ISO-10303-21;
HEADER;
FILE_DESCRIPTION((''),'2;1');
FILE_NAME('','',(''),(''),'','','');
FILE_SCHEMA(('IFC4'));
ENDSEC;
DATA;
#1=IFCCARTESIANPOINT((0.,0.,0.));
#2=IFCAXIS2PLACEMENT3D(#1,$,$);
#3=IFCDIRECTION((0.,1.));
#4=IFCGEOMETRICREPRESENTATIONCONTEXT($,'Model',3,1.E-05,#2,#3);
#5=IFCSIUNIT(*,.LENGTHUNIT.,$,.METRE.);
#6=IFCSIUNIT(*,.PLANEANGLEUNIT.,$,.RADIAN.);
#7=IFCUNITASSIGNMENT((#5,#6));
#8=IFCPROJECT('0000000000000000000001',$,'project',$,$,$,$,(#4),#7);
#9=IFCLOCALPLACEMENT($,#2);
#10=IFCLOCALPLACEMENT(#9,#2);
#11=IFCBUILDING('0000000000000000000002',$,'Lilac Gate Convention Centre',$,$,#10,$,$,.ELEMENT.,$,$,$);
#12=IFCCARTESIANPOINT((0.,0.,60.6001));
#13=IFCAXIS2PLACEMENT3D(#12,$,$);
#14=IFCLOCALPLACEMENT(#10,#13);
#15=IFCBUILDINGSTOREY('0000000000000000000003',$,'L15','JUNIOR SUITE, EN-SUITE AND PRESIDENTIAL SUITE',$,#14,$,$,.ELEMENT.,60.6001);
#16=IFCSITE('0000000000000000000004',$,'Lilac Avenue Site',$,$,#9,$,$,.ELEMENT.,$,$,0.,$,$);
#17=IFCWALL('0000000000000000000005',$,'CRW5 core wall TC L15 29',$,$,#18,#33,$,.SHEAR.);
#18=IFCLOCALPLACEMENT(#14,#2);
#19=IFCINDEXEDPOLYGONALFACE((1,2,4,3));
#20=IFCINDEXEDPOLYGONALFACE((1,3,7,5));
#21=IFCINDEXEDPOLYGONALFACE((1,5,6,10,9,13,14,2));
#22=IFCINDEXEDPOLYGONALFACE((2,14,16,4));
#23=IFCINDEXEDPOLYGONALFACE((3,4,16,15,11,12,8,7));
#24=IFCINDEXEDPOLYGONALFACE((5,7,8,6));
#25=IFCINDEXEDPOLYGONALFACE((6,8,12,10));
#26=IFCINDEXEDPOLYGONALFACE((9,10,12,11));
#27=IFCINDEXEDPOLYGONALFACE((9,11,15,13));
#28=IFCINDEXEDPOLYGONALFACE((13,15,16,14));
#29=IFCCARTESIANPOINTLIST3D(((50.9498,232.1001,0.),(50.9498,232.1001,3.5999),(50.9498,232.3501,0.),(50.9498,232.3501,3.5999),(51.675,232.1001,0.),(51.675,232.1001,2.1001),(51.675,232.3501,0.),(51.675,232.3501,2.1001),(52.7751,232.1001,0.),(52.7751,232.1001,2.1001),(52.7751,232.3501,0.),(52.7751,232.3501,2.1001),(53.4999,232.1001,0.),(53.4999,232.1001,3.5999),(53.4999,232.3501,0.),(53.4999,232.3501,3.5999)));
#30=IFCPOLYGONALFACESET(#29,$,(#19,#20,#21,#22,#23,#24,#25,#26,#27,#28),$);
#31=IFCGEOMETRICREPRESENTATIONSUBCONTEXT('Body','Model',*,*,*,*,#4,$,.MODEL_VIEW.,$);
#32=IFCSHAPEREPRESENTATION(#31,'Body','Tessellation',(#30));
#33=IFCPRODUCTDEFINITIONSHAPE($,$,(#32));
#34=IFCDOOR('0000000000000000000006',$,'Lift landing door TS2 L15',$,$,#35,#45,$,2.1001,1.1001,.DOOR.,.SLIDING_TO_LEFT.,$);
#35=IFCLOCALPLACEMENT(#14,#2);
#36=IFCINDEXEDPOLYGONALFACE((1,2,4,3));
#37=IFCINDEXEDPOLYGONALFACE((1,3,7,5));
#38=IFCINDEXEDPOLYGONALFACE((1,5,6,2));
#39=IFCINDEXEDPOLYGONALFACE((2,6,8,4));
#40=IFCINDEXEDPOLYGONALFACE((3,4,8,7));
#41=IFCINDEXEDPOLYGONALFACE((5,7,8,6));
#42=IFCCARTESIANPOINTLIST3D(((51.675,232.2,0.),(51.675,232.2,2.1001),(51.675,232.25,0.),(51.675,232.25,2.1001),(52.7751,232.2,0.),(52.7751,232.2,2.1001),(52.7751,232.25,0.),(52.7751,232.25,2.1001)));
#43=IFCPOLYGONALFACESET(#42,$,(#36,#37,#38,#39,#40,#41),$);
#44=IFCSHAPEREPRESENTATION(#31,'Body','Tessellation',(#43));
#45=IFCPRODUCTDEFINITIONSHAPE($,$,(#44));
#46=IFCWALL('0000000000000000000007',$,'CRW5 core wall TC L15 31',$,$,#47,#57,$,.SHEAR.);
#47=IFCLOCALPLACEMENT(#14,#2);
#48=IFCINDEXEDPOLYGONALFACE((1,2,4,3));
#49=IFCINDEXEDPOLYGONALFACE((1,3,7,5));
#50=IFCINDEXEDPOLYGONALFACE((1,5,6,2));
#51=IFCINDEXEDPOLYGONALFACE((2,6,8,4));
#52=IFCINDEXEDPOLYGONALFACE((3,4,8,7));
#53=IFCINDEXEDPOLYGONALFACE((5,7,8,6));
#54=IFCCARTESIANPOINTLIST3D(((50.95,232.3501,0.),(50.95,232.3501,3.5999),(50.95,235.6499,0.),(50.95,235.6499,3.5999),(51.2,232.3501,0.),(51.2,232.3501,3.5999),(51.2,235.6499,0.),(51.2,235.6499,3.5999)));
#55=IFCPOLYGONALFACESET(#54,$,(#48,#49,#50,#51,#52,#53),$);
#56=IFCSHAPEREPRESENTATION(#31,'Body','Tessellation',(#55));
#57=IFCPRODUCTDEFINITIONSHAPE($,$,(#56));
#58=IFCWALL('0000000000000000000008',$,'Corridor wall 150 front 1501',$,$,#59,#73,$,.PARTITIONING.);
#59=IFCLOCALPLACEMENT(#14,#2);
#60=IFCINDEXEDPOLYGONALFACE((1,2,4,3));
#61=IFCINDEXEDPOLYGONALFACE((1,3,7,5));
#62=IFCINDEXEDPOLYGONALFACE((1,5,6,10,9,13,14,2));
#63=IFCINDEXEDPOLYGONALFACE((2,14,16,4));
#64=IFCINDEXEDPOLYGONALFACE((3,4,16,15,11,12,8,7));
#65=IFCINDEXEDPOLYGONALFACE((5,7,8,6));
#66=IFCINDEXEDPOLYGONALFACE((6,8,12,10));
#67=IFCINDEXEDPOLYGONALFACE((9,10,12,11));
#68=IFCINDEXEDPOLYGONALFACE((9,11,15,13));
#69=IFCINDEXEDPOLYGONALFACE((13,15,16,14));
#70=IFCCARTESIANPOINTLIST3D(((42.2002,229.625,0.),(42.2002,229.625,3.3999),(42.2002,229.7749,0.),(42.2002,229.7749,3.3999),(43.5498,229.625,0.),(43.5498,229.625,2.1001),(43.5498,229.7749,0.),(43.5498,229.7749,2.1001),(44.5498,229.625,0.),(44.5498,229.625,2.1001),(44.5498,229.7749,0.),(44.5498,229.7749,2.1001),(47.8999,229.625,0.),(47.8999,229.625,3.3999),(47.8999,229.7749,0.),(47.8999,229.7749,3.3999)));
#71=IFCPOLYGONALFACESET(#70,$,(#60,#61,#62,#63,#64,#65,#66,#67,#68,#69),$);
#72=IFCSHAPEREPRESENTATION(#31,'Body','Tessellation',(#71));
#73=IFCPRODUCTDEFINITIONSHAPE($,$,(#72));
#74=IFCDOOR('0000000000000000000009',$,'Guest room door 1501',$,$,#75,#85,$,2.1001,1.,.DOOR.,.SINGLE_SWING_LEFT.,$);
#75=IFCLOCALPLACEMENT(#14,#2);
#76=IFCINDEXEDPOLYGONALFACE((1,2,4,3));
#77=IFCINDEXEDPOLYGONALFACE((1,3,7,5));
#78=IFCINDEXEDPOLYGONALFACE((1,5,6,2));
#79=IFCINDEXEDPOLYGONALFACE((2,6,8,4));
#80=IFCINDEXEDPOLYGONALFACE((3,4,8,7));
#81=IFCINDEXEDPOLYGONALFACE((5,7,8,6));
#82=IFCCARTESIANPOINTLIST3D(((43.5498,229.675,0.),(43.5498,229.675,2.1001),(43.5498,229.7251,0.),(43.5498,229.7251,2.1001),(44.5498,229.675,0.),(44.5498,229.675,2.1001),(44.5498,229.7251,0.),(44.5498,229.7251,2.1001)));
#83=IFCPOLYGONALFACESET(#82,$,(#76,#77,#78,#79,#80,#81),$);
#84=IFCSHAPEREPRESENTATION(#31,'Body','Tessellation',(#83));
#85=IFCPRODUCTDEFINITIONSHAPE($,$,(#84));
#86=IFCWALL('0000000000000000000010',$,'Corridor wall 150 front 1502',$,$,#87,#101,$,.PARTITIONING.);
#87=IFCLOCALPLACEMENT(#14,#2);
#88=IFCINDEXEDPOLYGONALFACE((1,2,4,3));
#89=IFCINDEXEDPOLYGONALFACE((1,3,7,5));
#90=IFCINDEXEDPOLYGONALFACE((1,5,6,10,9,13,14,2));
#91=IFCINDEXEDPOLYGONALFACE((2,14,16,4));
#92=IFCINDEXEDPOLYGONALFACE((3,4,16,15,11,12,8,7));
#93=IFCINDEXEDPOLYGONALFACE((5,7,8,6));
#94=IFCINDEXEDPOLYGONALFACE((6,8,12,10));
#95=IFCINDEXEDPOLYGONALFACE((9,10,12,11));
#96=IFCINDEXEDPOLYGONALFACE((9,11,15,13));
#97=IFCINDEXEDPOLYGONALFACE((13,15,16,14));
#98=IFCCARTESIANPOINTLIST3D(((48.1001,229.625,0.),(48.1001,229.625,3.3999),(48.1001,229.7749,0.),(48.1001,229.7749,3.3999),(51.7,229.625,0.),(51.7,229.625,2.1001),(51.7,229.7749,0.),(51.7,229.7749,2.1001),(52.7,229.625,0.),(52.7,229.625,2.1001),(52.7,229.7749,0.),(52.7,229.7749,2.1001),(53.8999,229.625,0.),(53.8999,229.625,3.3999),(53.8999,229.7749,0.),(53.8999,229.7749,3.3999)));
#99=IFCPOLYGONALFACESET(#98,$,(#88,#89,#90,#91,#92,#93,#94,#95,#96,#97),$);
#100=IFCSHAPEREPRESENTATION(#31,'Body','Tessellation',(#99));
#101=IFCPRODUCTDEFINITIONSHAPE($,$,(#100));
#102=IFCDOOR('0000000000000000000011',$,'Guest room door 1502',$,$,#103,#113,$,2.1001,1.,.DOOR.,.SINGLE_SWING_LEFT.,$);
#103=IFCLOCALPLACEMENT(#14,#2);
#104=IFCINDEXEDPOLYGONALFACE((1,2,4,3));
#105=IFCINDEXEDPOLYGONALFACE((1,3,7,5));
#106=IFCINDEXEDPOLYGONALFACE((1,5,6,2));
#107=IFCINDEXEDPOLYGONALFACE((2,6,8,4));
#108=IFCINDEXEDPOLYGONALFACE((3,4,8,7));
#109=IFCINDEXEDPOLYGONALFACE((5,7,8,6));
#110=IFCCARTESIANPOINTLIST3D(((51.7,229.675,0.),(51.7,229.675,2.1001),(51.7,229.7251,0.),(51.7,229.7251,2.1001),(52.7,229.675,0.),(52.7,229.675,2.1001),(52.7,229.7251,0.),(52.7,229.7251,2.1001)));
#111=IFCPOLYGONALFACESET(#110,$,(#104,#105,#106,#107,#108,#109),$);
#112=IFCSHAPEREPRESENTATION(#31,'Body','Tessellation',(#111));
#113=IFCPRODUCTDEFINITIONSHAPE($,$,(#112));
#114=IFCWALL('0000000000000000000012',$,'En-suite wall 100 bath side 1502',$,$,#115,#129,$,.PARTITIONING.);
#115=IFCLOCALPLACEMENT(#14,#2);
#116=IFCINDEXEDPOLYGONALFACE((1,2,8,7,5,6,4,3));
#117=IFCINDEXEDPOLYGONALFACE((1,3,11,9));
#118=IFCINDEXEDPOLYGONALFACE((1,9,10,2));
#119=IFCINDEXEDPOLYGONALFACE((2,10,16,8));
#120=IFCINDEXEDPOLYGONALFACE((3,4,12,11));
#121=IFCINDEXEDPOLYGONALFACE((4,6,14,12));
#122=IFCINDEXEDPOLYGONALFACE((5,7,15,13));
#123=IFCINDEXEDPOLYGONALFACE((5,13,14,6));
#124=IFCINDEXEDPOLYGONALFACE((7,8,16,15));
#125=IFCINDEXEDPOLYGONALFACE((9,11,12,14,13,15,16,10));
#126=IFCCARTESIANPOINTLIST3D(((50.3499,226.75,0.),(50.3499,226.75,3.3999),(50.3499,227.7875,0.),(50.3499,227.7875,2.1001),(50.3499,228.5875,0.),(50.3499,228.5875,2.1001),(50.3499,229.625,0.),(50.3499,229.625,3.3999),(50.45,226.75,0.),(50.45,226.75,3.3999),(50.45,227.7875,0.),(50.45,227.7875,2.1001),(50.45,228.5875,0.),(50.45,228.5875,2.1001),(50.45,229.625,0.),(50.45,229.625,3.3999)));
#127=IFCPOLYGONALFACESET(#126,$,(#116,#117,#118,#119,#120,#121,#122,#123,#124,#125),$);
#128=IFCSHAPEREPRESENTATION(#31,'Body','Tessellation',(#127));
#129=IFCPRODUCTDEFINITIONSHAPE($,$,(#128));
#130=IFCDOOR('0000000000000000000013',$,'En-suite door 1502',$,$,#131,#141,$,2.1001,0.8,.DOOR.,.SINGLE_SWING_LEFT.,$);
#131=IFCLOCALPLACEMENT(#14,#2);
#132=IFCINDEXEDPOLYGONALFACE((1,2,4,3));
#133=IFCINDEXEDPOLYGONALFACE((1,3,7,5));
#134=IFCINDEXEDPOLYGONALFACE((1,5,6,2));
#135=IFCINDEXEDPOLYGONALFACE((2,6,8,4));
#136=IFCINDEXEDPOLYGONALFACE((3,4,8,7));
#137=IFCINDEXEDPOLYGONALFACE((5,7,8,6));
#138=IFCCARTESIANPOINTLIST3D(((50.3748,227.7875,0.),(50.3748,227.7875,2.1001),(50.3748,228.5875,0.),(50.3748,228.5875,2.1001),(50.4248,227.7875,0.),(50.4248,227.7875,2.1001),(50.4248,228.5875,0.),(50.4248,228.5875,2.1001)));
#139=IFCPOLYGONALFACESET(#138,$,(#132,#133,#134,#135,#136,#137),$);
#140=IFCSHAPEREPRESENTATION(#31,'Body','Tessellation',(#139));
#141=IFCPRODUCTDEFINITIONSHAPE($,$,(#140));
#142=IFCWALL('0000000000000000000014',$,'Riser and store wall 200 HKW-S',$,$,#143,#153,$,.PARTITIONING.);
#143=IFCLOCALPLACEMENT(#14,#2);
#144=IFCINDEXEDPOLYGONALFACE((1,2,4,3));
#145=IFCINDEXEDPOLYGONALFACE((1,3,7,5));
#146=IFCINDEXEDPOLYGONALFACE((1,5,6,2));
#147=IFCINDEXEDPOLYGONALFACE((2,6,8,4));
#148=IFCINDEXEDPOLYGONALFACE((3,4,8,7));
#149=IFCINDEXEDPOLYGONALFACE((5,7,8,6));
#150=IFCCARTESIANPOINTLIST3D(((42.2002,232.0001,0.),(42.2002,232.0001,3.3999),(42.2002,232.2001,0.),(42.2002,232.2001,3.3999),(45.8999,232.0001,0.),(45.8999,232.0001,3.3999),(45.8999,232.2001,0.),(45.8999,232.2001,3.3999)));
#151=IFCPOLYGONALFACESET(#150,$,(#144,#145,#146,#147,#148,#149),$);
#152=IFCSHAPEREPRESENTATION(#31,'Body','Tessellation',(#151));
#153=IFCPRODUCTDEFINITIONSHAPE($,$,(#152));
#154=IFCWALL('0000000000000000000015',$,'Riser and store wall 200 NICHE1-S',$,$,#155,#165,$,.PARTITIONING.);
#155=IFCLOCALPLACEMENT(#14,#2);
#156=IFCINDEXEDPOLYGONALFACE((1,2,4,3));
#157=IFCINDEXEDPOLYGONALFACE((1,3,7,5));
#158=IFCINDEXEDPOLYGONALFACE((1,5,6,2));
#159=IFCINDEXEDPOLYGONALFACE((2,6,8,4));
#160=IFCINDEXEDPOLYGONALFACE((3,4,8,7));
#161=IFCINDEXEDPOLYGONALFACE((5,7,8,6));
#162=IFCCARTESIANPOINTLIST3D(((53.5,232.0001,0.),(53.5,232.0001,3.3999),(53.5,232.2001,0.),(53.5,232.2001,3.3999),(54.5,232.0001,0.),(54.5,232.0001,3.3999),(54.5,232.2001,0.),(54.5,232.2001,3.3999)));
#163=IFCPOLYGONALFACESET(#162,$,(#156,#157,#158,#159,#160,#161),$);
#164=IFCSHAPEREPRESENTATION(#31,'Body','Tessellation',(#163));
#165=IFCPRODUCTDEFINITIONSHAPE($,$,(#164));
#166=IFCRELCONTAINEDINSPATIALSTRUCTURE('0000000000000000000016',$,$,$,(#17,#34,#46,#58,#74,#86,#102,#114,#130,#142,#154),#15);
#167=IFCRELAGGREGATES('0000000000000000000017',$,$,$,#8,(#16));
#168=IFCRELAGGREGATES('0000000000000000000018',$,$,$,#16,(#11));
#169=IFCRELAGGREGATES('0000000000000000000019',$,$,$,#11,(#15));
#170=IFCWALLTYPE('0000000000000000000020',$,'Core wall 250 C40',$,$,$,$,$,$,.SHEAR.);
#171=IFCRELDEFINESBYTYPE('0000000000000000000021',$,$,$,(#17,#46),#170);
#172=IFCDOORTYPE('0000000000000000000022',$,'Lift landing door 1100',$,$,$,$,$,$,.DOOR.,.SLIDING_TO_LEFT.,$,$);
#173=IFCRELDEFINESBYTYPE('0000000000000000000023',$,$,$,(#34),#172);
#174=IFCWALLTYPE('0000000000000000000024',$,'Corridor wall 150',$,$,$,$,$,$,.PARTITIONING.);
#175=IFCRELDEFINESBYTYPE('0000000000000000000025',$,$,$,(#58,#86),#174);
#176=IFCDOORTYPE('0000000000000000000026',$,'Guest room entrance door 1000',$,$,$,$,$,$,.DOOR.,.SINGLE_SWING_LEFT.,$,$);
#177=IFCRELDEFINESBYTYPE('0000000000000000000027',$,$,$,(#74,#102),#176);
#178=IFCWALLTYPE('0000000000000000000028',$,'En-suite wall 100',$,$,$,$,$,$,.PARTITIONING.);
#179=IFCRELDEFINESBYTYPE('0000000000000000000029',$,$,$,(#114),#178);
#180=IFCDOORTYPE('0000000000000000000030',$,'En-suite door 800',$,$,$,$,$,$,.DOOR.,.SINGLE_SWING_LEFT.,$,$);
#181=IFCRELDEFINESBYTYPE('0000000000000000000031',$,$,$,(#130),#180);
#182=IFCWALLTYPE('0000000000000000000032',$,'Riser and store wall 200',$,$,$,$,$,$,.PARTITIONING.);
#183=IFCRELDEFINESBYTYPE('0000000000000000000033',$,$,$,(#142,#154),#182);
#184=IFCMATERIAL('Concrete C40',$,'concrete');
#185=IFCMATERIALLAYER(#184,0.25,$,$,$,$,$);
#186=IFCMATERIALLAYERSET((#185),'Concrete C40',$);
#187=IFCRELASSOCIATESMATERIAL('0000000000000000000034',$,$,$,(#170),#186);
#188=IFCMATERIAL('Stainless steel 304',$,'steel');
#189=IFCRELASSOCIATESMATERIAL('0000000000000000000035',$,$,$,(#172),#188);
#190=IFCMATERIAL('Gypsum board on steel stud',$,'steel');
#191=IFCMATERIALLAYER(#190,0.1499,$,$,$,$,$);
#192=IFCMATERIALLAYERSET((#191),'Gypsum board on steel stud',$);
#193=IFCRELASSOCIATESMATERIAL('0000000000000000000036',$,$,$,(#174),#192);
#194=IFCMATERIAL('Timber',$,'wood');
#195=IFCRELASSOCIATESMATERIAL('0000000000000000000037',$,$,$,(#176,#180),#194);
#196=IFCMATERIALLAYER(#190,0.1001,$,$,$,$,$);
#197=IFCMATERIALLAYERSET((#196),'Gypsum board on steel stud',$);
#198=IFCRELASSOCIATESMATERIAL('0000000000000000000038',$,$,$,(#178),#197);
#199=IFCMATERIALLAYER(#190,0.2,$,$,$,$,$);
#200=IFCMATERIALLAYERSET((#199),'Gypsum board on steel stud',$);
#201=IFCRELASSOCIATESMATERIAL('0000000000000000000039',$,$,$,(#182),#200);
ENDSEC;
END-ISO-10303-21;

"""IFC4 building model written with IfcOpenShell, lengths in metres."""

from ifc_helpers import new_model, si_unit, direction, frame, frame_2d, origin, place, context, subcontext, project, spatial, rectangle, extrude, material, layer, layer_set, type_object, element, fill, save


model = new_model("IFC4")

# Units and contexts
model_context = context("Model", 3, precision=1e-05, world=origin(), true_north=direction((0.0, 1.0)))
body_context = subcontext(model_context, "Body", "Model", "MODEL_VIEW")
ifc_project = project(units=[si_unit("LENGTHUNIT", "METRE"), si_unit("PLANEANGLEUNIT", "RADIAN")], contexts=[model_context])

# Site, building, storey
site_placement = place(None, origin())
site = spatial("IfcSite", under=ifc_project, at=site_placement, Name="Lilac Avenue Site", CompositionType="ELEMENT", RefElevation=0.0)
building_placement = place(site_placement, origin())
building = spatial("IfcBuilding", under=site, at=building_placement, Name="Lilac Gate Convention Centre", CompositionType="ELEMENT")
storey_placement = place(building_placement, frame((0.0, 0.0, 60.6001)))
storey = spatial("IfcBuildingStorey", under=building, at=storey_placement, Name="L15", Description="JUNIOR SUITE, EN-SUITE AND PRESIDENTIAL SUITE", CompositionType="ELEMENT", Elevation=60.6001)

# Shared definitions
ifc_material_1 = material(Name="Concrete C40", Category="concrete")
ifc_layer_1 = layer(ifc_material_1, 0.25)
ifc_layer_set_1 = layer_set([ifc_layer_1], Name="Concrete C40")
wall_type_1 = type_object("IfcWallType", Name="Core wall 250 C40", PredefinedType="SHEAR", material=ifc_layer_set_1)
ifc_material_2 = material(Name="Stainless steel 304", Category="steel")
door_type_1 = type_object("IfcDoorType", Name="Lift landing door 1100", OperationType="SLIDING_TO_LEFT", PredefinedType="DOOR", material=ifc_material_2)

# Wall, opening, door
wall_1_placement = place(storey_placement, frame((50.95, 232.2251, 0.0), z_axis=(0.0, 0.0, 1.0), x_axis=(1.0, 0.0, 0.0)))
wall_1 = element("IfcWall", 1, at=wall_1_placement, inside=storey, type_object=wall_type_1, Name="CRW5 core wall TC L15 29", PredefinedType="SHEAR", context=body_context, shape_type="SweptSolid", body=[
    extrude(rectangle(XDim=2.55, YDim=0.25, at=frame_2d((1.2749, 0.0))), origin(), (0.0, 0.0, 1.0), 3.5999),
])
opening_1_placement = place(wall_1_placement, frame((0.7251, 0.0, 0.0)))
opening_1 = element("IfcOpeningElement", 2, at=opening_1_placement, cuts=wall_1, PredefinedType="OPENING", context=body_context, shape_type="SweptSolid", body=[
    extrude(rectangle(XDim=1.1001, YDim=2.1001, at=frame_2d((0.55, 1.05))), frame((0.0, 0.135, 0.0), z_axis=(0.0, -1.0, 0.0), x_axis=(1.0, 0.0, 0.0)), (0.0, 0.0, 1.0), 0.27),
])
door_1_placement = place(opening_1_placement, origin())
door_1 = element("IfcDoor", 3, at=door_1_placement, inside=storey, type_object=door_type_1, Name="Lift landing door TS2 L15", OperationType="SLIDING_TO_LEFT", OverallHeight=2.1001, OverallWidth=1.1001, PredefinedType="DOOR", context=body_context, shape_type="SweptSolid", body=[
    extrude(rectangle(XDim=1.1001, YDim=2.1001, at=frame_2d((0.55, 1.05))), frame((0.0, 0.0249, 0.0), z_axis=(0.0, -1.0, 0.0), x_axis=(1.0, 0.0, 0.0)), (0.0, 0.0, 1.0), 0.05),
])
fill(opening_1, door_1)

# Wall
wall_2_placement = place(storey_placement, frame((51.075, 232.3501, 0.0), z_axis=(0.0, 0.0, 1.0), x_axis=(0.0, 1.0, 0.0)))
element("IfcWall", 4, at=wall_2_placement, inside=storey, type_object=wall_type_1, Name="CRW5 core wall TC L15 31", PredefinedType="SHEAR", context=body_context, shape_type="SweptSolid", body=[
    extrude(rectangle(XDim=3.2998, YDim=0.25, at=frame_2d((1.6499, 0.0))), origin(), (0.0, 0.0, 1.0), 3.5999),
])

# Walls, openings, doors
ifc_material_3 = material(Name="Gypsum board on steel stud", Category="steel")
ifc_layer_2 = layer(ifc_material_3, 0.1499)
ifc_layer_set_2 = layer_set([ifc_layer_2], Name="Gypsum board on steel stud")
wall_type_2 = type_object("IfcWallType", Name="Corridor wall 150", PredefinedType="PARTITIONING", material=ifc_layer_set_2)
wall_3_placement = place(storey_placement, frame((47.8999, 229.7, 0.0), z_axis=(0.0, 0.0, 1.0), x_axis=(-1.0, 0.0, 0.0)))
wall_3 = element("IfcWall", 5, at=wall_3_placement, inside=storey, type_object=wall_type_2, Name="Corridor wall 150 front 1501", PredefinedType="PARTITIONING", context=body_context, shape_type="SweptSolid", body=[
    extrude(rectangle(XDim=5.6997, YDim=0.1499, at=frame_2d((2.8499, 0.0))), origin(), (0.0, 0.0, 1.0), 3.3999),
])
opening_2_placement = place(wall_3_placement, frame((3.3501, 0.0, 0.0)))
opening_2 = element("IfcOpeningElement", 6, at=opening_2_placement, cuts=wall_3, PredefinedType="OPENING", context=body_context, shape_type="SweptSolid", body=[
    extrude(rectangle(XDim=1.0, YDim=2.1001, at=frame_2d((0.5, 1.05))), frame((0.0, 0.085, 0.0), z_axis=(0.0, -1.0, 0.0), x_axis=(1.0, 0.0, 0.0)), (0.0, 0.0, 1.0), 0.1699),
])
ifc_material_4 = material(Name="Timber", Category="wood")
door_type_2 = type_object("IfcDoorType", Name="Guest room entrance door 1000", OperationType="SINGLE_SWING_LEFT", PredefinedType="DOOR", material=ifc_material_4)
door_2_placement = place(opening_2_placement, origin())
door_2 = element("IfcDoor", 7, at=door_2_placement, inside=storey, type_object=door_type_2, Name="Guest room door 1501", OperationType="SINGLE_SWING_LEFT", OverallHeight=2.1001, OverallWidth=1.0, PredefinedType="DOOR", context=body_context, shape_type="SweptSolid", body=[
    extrude(rectangle(XDim=1.0, YDim=2.1001, at=frame_2d((0.5, 1.05))), frame((0.0, 0.0249, 0.0), z_axis=(0.0, -1.0, 0.0), x_axis=(1.0, 0.0, 0.0)), (0.0, 0.0, 1.0), 0.05),
])
fill(opening_2, door_2)
wall_4_placement = place(storey_placement, frame((53.8999, 229.7, 0.0), z_axis=(0.0, 0.0, 1.0), x_axis=(-1.0, 0.0, 0.0)))
wall_4 = element("IfcWall", 8, at=wall_4_placement, inside=storey, type_object=wall_type_2, Name="Corridor wall 150 front 1502", PredefinedType="PARTITIONING", context=body_context, shape_type="SweptSolid", body=[
    extrude(rectangle(XDim=5.7998, YDim=0.1499, at=frame_2d((2.8999, 0.0))), origin(), (0.0, 0.0, 1.0), 3.3999),
])
opening_3_placement = place(wall_4_placement, frame((1.2, 0.0, 0.0)))
opening_3 = element("IfcOpeningElement", 9, at=opening_3_placement, cuts=wall_4, PredefinedType="OPENING", context=body_context, shape_type="SweptSolid", body=[
    extrude(rectangle(XDim=1.0, YDim=2.1001, at=frame_2d((0.5, 1.05))), frame((0.0, 0.085, 0.0), z_axis=(0.0, -1.0, 0.0), x_axis=(1.0, 0.0, 0.0)), (0.0, 0.0, 1.0), 0.1699),
])
door_3_placement = place(opening_3_placement, origin())
door_3 = element("IfcDoor", 10, at=door_3_placement, inside=storey, type_object=door_type_2, Name="Guest room door 1502", OperationType="SINGLE_SWING_LEFT", OverallHeight=2.1001, OverallWidth=1.0, PredefinedType="DOOR", context=body_context, shape_type="SweptSolid", body=[
    extrude(rectangle(XDim=1.0, YDim=2.1001, at=frame_2d((0.5, 1.05))), frame((0.0, 0.0249, 0.0), z_axis=(0.0, -1.0, 0.0), x_axis=(1.0, 0.0, 0.0)), (0.0, 0.0, 1.0), 0.05),
])
fill(opening_3, door_3)
ifc_layer_3 = layer(ifc_material_3, 0.1001)
ifc_layer_set_3 = layer_set([ifc_layer_3], Name="Gypsum board on steel stud")
wall_type_3 = type_object("IfcWallType", Name="En-suite wall 100", PredefinedType="PARTITIONING", material=ifc_layer_set_3)
wall_5_placement = place(storey_placement, frame((50.3999, 229.625, 0.0), z_axis=(0.0, 0.0, 1.0), x_axis=(0.0, -1.0, 0.0)))
wall_5 = element("IfcWall", 11, at=wall_5_placement, inside=storey, type_object=wall_type_3, Name="En-suite wall 100 bath side 1502", PredefinedType="PARTITIONING", context=body_context, shape_type="SweptSolid", body=[
    extrude(rectangle(XDim=2.875, YDim=0.1001, at=frame_2d((1.4375, 0.0))), origin(), (0.0, 0.0, 1.0), 3.3999),
])
opening_4_placement = place(wall_5_placement, frame((1.0376, 0.0, 0.0)))
opening_4 = element("IfcOpeningElement", 12, at=opening_4_placement, cuts=wall_5, PredefinedType="OPENING", context=body_context, shape_type="SweptSolid", body=[
    extrude(rectangle(XDim=0.8, YDim=2.1001, at=frame_2d((0.3999, 1.05))), frame((0.0, 0.0601, 0.0), z_axis=(0.0, -1.0, 0.0), x_axis=(1.0, 0.0, 0.0)), (0.0, 0.0, 1.0), 0.1201),
])
door_type_3 = type_object("IfcDoorType", Name="En-suite door 800", OperationType="SINGLE_SWING_LEFT", PredefinedType="DOOR", material=ifc_material_4)
door_4_placement = place(opening_4_placement, origin())
door_4 = element("IfcDoor", 13, at=door_4_placement, inside=storey, type_object=door_type_3, Name="En-suite door 1502", OperationType="SINGLE_SWING_LEFT", OverallHeight=2.1001, OverallWidth=0.8, PredefinedType="DOOR", context=body_context, shape_type="SweptSolid", body=[
    extrude(rectangle(XDim=0.8, YDim=2.1001, at=frame_2d((0.3999, 1.05))), frame((0.0, 0.0249, 0.0), z_axis=(0.0, -1.0, 0.0), x_axis=(1.0, 0.0, 0.0)), (0.0, 0.0, 1.0), 0.05),
])
fill(opening_4, door_4)

# Walls
ifc_layer_4 = layer(ifc_material_3, 0.2)
ifc_layer_set_4 = layer_set([ifc_layer_4], Name="Gypsum board on steel stud")
wall_type_4 = type_object("IfcWallType", Name="Riser and store wall 200", PredefinedType="PARTITIONING", material=ifc_layer_set_4)
wall_6_placement = place(storey_placement, frame((42.2002, 232.1001, 0.0), z_axis=(0.0, 0.0, 1.0), x_axis=(1.0, 0.0, 0.0)))
element("IfcWall", 14, at=wall_6_placement, inside=storey, type_object=wall_type_4, Name="Riser and store wall 200 HKW-S", PredefinedType="PARTITIONING", context=body_context, shape_type="SweptSolid", body=[
    extrude(rectangle(XDim=3.6997, YDim=0.2, at=frame_2d((1.8499, 0.0))), origin(), (0.0, 0.0, 1.0), 3.3999),
])
wall_7_placement = place(storey_placement, frame((53.5, 232.1001, 0.0), z_axis=(0.0, 0.0, 1.0), x_axis=(1.0, 0.0, 0.0)))
element("IfcWall", 15, at=wall_7_placement, inside=storey, type_object=wall_type_4, Name="Riser and store wall 200 NICHE1-S", PredefinedType="PARTITIONING", context=body_context, shape_type="SweptSolid", body=[
    extrude(rectangle(XDim=1.0, YDim=0.2, at=frame_2d((0.5, 0.0))), origin(), (0.0, 0.0, 1.0), 3.3999),
])

save(model, "model.ifc")
